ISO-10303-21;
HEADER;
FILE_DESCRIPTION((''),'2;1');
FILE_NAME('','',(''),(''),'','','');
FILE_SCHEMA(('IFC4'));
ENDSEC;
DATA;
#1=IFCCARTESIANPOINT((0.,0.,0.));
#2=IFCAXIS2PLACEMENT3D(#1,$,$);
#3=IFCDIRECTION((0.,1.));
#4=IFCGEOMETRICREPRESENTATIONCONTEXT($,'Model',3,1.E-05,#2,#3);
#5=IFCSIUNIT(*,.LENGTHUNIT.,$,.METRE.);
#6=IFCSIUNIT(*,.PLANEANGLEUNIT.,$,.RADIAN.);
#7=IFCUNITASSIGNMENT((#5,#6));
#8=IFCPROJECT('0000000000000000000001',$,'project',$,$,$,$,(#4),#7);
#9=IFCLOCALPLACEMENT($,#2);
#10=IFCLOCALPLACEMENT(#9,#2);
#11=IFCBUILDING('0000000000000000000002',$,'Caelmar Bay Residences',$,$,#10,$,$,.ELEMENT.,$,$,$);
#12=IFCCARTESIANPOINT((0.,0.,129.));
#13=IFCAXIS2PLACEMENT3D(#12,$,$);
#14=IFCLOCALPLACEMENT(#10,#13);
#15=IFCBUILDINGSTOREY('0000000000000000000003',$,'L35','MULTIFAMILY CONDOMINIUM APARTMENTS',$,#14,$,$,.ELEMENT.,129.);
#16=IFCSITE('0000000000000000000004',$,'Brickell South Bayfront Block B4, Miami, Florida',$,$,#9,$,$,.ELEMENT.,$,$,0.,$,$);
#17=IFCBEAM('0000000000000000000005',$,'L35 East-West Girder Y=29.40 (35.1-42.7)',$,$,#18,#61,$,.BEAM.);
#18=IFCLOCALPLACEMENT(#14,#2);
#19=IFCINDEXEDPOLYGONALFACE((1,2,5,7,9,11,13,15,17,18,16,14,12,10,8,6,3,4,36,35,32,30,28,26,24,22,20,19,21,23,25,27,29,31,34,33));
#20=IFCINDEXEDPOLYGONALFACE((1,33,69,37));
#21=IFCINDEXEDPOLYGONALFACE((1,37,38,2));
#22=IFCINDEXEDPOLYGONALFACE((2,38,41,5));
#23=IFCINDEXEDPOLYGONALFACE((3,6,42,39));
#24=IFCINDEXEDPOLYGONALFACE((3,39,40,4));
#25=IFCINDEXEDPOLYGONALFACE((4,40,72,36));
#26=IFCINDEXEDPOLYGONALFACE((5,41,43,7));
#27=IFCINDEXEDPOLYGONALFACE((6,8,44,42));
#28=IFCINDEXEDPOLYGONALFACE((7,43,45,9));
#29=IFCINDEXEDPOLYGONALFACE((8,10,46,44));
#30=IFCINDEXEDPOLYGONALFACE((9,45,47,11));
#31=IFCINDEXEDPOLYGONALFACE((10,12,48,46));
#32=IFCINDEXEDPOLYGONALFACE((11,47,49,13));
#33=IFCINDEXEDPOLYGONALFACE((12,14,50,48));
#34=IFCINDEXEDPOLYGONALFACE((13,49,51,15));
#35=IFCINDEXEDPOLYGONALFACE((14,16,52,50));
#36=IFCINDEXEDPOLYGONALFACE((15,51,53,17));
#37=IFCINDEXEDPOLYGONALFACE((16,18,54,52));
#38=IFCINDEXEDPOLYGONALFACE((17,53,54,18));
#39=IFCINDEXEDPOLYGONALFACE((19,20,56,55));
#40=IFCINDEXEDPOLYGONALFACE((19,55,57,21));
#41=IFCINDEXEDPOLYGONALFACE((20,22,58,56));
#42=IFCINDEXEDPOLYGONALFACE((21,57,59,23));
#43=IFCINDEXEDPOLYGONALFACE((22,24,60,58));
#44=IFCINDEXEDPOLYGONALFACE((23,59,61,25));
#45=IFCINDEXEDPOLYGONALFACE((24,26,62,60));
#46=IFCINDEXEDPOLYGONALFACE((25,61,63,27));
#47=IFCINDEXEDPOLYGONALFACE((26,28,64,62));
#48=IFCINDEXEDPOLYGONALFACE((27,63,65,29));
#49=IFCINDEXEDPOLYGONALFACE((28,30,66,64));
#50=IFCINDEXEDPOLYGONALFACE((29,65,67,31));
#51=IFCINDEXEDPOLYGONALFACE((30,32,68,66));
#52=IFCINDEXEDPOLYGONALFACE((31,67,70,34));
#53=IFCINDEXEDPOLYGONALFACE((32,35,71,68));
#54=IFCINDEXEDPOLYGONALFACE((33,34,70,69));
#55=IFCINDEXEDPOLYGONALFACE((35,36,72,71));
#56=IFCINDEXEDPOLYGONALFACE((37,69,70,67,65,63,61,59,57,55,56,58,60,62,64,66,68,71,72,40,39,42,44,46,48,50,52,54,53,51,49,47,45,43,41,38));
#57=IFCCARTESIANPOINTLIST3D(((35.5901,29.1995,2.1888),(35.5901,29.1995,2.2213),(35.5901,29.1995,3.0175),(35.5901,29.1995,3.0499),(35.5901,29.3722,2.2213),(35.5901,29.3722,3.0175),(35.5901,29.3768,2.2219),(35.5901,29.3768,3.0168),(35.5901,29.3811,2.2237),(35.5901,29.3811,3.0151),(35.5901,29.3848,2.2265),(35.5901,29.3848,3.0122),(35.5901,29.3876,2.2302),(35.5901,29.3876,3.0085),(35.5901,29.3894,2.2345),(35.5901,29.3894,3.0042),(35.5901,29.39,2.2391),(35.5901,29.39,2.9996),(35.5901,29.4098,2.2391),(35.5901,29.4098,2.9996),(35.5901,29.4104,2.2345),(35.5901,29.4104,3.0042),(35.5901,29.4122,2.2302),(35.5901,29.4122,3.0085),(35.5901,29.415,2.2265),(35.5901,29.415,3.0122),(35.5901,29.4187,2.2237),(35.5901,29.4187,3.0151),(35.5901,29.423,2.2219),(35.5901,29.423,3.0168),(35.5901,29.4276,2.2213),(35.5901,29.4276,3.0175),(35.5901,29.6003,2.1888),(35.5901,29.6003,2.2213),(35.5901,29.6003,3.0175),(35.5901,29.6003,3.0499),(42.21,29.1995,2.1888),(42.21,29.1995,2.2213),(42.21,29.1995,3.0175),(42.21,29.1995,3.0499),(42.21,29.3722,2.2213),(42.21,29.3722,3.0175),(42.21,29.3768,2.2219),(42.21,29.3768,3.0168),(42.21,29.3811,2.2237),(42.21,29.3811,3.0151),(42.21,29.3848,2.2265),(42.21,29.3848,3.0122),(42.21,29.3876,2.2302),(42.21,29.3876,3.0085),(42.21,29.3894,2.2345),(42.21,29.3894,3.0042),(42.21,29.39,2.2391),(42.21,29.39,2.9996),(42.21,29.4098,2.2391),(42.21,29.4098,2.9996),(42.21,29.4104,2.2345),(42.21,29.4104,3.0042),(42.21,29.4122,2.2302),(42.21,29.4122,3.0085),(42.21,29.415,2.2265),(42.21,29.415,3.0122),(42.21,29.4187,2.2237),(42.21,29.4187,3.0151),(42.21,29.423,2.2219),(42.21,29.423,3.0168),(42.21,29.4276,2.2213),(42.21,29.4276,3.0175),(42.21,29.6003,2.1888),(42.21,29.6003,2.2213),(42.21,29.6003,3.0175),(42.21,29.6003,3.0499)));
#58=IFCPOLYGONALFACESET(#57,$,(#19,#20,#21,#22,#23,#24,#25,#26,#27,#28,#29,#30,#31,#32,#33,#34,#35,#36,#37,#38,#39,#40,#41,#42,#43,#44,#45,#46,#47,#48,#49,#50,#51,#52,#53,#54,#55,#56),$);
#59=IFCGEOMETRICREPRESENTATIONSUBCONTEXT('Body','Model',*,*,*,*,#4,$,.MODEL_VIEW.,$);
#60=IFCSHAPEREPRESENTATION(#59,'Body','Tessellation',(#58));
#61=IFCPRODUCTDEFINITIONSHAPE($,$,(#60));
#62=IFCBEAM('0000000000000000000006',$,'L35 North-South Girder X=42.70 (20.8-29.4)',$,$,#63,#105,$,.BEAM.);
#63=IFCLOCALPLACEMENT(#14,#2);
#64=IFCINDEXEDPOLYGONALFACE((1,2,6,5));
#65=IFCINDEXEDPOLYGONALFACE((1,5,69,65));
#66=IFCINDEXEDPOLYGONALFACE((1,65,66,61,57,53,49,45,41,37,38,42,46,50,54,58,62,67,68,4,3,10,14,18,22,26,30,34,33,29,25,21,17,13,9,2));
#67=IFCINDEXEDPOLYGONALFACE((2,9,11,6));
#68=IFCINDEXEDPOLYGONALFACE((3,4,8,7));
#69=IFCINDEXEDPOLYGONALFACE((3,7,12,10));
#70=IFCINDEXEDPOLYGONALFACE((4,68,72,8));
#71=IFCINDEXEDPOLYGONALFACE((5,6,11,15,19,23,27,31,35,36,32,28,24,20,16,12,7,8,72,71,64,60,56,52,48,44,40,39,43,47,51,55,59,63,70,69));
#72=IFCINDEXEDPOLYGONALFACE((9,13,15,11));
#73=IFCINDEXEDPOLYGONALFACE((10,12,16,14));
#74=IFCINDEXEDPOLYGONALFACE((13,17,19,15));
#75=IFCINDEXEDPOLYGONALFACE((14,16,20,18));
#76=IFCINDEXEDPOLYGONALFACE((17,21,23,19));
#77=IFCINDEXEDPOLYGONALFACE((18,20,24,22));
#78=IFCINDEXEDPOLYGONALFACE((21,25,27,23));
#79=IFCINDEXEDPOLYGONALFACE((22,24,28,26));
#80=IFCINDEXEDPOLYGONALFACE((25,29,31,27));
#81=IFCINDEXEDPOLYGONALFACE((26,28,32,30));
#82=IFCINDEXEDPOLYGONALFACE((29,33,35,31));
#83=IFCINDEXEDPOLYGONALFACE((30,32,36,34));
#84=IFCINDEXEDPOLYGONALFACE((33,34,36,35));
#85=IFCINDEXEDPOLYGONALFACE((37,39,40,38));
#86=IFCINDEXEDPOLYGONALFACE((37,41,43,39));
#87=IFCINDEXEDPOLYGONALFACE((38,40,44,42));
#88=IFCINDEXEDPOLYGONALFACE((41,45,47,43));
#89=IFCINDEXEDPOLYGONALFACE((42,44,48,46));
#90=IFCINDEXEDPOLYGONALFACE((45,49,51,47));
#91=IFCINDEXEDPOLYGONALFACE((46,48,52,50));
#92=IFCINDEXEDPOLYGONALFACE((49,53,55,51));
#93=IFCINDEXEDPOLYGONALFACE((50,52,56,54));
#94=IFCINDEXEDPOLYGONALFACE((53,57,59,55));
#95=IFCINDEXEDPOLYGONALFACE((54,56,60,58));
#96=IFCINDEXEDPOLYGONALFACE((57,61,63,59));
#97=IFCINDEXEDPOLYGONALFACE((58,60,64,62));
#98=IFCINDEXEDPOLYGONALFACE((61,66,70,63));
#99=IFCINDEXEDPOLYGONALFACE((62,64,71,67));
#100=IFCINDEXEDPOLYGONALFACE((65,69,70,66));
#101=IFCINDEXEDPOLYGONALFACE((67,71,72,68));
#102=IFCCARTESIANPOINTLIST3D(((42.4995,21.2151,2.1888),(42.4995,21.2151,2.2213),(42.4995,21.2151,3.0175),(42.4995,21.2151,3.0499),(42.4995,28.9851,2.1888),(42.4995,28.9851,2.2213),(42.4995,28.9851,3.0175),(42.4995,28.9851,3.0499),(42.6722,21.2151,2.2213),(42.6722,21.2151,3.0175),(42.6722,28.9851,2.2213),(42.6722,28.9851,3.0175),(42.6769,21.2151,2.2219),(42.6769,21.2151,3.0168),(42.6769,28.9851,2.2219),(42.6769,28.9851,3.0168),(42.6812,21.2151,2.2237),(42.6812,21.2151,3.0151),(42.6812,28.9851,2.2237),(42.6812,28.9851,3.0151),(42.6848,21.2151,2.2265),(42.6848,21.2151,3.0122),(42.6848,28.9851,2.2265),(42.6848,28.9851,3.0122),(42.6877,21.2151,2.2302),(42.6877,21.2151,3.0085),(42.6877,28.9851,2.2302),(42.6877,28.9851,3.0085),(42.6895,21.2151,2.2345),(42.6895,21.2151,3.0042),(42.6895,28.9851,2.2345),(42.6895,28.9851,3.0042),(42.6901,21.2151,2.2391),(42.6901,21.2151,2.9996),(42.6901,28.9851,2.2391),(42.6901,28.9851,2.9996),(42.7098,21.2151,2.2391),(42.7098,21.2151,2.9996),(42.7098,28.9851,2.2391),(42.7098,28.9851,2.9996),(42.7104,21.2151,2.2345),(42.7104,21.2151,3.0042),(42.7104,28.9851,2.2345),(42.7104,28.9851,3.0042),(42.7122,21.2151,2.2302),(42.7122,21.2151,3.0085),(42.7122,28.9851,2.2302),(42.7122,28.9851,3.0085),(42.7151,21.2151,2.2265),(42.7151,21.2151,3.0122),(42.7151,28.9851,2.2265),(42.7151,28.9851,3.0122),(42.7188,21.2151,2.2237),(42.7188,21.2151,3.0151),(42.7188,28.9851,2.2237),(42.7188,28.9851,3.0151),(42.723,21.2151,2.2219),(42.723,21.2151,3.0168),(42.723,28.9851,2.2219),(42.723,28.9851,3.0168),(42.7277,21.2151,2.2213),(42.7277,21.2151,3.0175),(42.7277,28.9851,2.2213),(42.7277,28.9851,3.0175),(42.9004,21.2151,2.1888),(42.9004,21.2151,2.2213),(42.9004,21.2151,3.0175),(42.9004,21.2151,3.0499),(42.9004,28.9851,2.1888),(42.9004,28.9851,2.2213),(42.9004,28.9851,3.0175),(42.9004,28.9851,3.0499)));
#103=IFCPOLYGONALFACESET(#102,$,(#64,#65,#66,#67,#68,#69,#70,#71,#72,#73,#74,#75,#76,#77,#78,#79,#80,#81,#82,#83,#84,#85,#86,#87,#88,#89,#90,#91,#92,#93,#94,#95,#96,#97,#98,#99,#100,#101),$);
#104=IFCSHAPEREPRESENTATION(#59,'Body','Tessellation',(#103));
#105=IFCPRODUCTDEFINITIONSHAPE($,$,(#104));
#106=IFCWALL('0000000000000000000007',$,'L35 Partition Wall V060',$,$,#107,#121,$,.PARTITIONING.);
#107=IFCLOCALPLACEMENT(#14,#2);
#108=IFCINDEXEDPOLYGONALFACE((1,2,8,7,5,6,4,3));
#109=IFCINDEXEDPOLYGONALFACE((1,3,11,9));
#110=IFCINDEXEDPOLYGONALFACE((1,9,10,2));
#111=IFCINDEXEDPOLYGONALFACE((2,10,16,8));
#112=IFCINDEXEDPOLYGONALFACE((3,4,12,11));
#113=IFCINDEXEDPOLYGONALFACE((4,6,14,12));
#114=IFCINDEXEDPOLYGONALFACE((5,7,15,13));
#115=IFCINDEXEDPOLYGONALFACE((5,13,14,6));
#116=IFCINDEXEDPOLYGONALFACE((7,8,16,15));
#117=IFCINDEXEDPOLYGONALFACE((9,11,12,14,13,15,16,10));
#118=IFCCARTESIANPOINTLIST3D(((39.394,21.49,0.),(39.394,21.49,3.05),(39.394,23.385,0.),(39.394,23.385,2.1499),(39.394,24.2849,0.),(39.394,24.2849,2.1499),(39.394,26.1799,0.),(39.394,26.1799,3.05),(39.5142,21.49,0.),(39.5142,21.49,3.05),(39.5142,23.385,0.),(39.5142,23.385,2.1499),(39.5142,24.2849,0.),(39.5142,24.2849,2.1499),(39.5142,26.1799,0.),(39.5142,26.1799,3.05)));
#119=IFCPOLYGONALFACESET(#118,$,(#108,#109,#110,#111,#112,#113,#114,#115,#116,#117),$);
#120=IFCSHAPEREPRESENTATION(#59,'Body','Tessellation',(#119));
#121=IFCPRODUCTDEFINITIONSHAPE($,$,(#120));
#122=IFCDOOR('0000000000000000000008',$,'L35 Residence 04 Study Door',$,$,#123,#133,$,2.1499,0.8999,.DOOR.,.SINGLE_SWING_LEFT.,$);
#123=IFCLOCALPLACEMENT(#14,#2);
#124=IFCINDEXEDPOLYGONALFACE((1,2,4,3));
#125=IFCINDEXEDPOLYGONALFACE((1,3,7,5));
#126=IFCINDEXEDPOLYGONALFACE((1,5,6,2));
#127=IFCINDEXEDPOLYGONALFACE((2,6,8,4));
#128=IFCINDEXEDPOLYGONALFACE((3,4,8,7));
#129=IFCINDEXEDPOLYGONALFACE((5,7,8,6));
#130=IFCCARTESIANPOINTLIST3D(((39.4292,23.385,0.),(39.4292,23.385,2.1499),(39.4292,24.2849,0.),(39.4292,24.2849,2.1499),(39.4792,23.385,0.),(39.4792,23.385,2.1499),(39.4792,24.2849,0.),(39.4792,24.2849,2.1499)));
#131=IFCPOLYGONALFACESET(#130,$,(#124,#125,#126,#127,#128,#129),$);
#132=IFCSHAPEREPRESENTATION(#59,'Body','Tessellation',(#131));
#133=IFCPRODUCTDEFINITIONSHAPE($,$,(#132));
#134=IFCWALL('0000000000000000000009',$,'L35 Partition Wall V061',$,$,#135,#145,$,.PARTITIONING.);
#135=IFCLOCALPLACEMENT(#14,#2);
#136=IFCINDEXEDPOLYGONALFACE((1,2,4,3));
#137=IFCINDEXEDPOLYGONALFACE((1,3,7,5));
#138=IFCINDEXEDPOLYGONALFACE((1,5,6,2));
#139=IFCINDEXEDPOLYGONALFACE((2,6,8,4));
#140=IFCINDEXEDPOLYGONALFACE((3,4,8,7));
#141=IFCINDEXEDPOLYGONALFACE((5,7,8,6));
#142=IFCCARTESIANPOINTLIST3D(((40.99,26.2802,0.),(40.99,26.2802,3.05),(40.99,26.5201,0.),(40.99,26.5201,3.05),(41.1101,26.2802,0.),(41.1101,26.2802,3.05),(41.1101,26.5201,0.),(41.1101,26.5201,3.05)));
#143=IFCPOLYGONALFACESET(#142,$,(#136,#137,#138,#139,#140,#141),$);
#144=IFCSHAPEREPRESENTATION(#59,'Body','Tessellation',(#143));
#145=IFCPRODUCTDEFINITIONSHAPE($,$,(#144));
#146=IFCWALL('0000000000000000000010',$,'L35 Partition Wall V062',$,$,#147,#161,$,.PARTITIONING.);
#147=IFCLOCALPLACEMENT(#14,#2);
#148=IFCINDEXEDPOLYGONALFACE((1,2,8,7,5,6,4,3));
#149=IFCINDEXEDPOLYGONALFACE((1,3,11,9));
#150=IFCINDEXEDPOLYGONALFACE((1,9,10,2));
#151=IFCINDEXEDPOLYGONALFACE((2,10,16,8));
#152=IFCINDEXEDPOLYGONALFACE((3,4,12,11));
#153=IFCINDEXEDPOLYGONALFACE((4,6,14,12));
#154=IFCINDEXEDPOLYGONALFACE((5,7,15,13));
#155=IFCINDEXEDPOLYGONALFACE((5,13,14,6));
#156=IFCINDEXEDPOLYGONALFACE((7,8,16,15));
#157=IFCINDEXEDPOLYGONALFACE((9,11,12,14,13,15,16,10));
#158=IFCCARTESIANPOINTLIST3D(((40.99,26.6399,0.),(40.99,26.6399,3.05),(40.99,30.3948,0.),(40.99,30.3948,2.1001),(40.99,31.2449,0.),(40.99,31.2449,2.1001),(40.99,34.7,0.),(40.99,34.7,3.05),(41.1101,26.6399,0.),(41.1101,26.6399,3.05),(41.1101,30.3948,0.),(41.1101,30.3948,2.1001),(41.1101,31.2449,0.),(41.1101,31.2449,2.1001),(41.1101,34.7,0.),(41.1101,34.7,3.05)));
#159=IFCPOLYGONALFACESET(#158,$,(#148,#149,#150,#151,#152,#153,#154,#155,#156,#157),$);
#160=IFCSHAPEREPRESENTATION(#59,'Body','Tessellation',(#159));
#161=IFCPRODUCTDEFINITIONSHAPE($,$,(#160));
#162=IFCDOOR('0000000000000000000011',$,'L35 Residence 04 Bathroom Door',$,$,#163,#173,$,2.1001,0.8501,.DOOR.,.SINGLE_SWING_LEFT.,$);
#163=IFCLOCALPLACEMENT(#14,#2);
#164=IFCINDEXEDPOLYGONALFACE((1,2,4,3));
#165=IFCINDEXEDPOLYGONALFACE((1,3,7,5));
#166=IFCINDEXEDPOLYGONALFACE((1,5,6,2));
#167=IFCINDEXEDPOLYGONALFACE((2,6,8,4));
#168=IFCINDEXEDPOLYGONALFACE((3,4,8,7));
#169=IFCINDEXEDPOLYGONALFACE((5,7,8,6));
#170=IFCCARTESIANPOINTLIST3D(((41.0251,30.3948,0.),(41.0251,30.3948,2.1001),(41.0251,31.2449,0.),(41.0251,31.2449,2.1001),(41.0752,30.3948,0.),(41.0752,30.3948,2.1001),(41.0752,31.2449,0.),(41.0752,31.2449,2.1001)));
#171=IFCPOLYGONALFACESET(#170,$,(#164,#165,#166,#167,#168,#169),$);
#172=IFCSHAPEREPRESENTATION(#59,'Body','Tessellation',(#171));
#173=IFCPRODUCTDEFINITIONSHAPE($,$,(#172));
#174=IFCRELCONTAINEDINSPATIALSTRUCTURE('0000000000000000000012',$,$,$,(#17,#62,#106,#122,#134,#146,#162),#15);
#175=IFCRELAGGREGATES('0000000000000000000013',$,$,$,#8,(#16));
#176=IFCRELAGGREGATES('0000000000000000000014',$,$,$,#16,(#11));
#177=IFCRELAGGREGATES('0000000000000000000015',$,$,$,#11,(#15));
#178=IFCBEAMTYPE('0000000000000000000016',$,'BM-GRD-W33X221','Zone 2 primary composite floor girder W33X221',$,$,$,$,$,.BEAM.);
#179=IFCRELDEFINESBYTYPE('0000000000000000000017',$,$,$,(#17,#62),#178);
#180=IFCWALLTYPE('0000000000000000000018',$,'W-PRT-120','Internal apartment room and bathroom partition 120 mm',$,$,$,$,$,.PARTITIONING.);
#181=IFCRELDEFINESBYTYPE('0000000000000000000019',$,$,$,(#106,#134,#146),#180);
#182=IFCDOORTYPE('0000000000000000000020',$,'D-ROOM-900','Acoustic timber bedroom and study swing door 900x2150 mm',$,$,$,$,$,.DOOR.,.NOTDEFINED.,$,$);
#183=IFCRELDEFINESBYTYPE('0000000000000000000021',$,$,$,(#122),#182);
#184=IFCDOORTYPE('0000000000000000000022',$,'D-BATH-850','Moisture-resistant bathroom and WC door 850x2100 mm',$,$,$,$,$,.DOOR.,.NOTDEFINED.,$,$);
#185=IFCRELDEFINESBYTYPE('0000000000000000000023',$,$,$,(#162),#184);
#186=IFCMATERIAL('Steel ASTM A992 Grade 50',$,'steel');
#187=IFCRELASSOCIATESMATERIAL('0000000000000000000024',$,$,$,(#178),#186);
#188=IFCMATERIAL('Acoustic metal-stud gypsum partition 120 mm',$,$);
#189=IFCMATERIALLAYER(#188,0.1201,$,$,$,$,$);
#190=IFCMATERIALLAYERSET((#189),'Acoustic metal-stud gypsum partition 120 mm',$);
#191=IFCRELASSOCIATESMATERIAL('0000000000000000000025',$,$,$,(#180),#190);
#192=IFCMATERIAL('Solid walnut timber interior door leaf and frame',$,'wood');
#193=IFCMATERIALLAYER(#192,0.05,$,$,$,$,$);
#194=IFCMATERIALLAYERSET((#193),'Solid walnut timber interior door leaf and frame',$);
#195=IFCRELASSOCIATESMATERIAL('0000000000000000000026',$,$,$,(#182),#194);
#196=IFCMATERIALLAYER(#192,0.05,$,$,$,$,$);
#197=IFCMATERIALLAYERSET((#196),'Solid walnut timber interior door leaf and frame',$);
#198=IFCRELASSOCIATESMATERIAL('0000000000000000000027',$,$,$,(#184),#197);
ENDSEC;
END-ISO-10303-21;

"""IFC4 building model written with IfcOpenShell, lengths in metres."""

from ifc_helpers import new_model, si_unit, direction, frame, frame_2d, origin, origin_2d, place, context, subcontext, project, spatial, rectangle, i_section, extrude, material, layer, layer_set, material_profile, profile_set, type_object, element, fill, save


model = new_model("IFC4")

# Units and contexts
model_context = context("Model", 3, precision=1e-05, world=origin(), true_north=direction((0.0, 1.0)))
body_context = subcontext(model_context, "Body", "Model", "MODEL_VIEW")
ifc_project = project(units=[si_unit("LENGTHUNIT", "METRE"), si_unit("PLANEANGLEUNIT", "RADIAN")], contexts=[model_context])

# Site, building, storey
site_placement = place(None, origin())
site = spatial("IfcSite", under=ifc_project, at=site_placement, Name="Brickell South Bayfront Block B4, Miami, Florida", CompositionType="ELEMENT", RefElevation=0.0)
building_placement = place(site_placement, origin())
building = spatial("IfcBuilding", under=site, at=building_placement, Name="Caelmar Bay Residences", CompositionType="ELEMENT")
storey_placement = place(building_placement, frame((0.0, 0.0, 129.0)))
storey = spatial("IfcBuildingStorey", under=building, at=storey_placement, Name="L35", Description="MULTIFAMILY CONDOMINIUM APARTMENTS", CompositionType="ELEMENT", Elevation=129.0)

# Beams
ifc_material_1 = material(Name="Steel ASTM A992 Grade 50", Category="steel")
ifc_material_profile = material_profile(ifc_material_1, i_section(OverallWidth=0.4009, OverallDepth=0.8611, WebThickness=0.0198, FlangeThickness=0.0325, FilletRadius=0.0178, at=origin_2d()), Name="W33X221")
ifc_profile_set = profile_set([ifc_material_profile], Name="Steel ASTM A992 Grade 50")
beam_type = type_object("IfcBeamType", Name="BM-GRD-W33X221", Description="Zone 2 primary composite floor girder W33X221", PredefinedType="BEAM", material=ifc_profile_set)
beam_1_placement = place(storey_placement, frame((35.5901, 29.3999, 2.6194), z_axis=(1.0, 0.0, 0.0), x_axis=(0.0, 1.0, 0.0)))
element("IfcBeam", 1, at=beam_1_placement, inside=storey, type_object=beam_type, Name="L35 East-West Girder Y=29.40 (35.1-42.7)", PredefinedType="BEAM", context=body_context, shape_type="SweptSolid", body=[
    extrude(i_section(OverallWidth=0.4009, OverallDepth=0.8611, WebThickness=0.0198, FlangeThickness=0.0325, FilletRadius=0.0178, at=origin_2d()), origin(), (0.0, 0.0, 1.0), 6.6199),
])
beam_2_placement = place(storey_placement, frame((42.7, 21.2151, 2.6194), z_axis=(0.0, 1.0, 0.0), x_axis=(-1.0, 0.0, 0.0)))
element("IfcBeam", 2, at=beam_2_placement, inside=storey, type_object=beam_type, Name="L35 North-South Girder X=42.70 (20.8-29.4)", PredefinedType="BEAM", context=body_context, shape_type="SweptSolid", body=[
    extrude(i_section(OverallWidth=0.4009, OverallDepth=0.8611, WebThickness=0.0198, FlangeThickness=0.0325, FilletRadius=0.0178, at=origin_2d()), origin(), (0.0, 0.0, 1.0), 7.77),
])

# Wall, opening, door
ifc_material_2 = material(Name="Acoustic metal-stud gypsum partition 120 mm")
ifc_layer_1 = layer(ifc_material_2, 0.1201)
ifc_layer_set_1 = layer_set([ifc_layer_1], Name="Acoustic metal-stud gypsum partition 120 mm")
wall_type_1 = type_object("IfcWallType", Name="W-PRT-120", Description="Internal apartment room and bathroom partition 120 mm", PredefinedType="PARTITIONING", material=ifc_layer_set_1)
wall_1_placement = place(storey_placement, frame((39.4541, 21.49, 0.0), z_axis=(0.0, 0.0, 1.0), x_axis=(0.0, 1.0, 0.0)))
wall_1 = element("IfcWall", 3, at=wall_1_placement, inside=storey, type_object=wall_type_1, Name="L35 Partition Wall V060", PredefinedType="PARTITIONING", context=body_context, shape_type="SweptSolid", body=[
    extrude(rectangle(XDim=4.6899, YDim=0.1201, at=frame_2d((2.345, 0.0))), origin(), (0.0, 0.0, 1.0), 3.05),
])
opening_1_placement = place(wall_1_placement, frame((1.895, 0.0, 0.0)))
opening_1 = element("IfcOpeningElement", 4, at=opening_1_placement, cuts=wall_1, PredefinedType="OPENING", context=body_context, shape_type="SweptSolid", body=[
    extrude(rectangle(XDim=0.8999, YDim=2.1499, at=frame_2d((0.45, 1.075))), frame((0.0, 0.0701, 0.0), z_axis=(0.0, -1.0, 0.0), x_axis=(1.0, 0.0, 0.0)), (0.0, 0.0, 1.0), 0.1401),
])
ifc_material_3 = material(Name="Solid walnut timber interior door leaf and frame", Category="wood")
ifc_layer_2 = layer(ifc_material_3, 0.05)
ifc_layer_set_2 = layer_set([ifc_layer_2], Name="Solid walnut timber interior door leaf and frame")
door_type_1 = type_object("IfcDoorType", Name="D-ROOM-900", Description="Acoustic timber bedroom and study swing door 900x2150 mm", OperationType="NOTDEFINED", PredefinedType="DOOR", material=ifc_layer_set_2)
door_1_placement = place(opening_1_placement, origin())
door_1 = element("IfcDoor", 5, at=door_1_placement, inside=storey, type_object=door_type_1, Name="L35 Residence 04 Study Door", OperationType="SINGLE_SWING_LEFT", OverallHeight=2.1499, OverallWidth=0.8999, PredefinedType="DOOR", context=body_context, shape_type="SweptSolid", body=[
    extrude(rectangle(XDim=0.8999, YDim=2.1499, at=frame_2d((0.45, 1.075))), frame((0.0, 0.0249, 0.0), z_axis=(0.0, -1.0, 0.0), x_axis=(1.0, 0.0, 0.0)), (0.0, 0.0, 1.0), 0.05),
])
fill(opening_1, door_1)

# Wall
wall_2_placement = place(storey_placement, frame((41.05, 26.28, 0.0), z_axis=(0.0, 0.0, 1.0), x_axis=(0.0, 1.0, 0.0)))
element("IfcWall", 6, at=wall_2_placement, inside=storey, type_object=wall_type_1, Name="L35 Partition Wall V061", PredefinedType="PARTITIONING", context=body_context, shape_type="SweptSolid", body=[
    extrude(rectangle(XDim=0.24, YDim=0.1201, at=frame_2d((0.1201, 0.0))), origin(), (0.0, 0.0, 1.0), 3.05),
])

# Wall, opening, door
wall_3_placement = place(storey_placement, frame((41.05, 26.6399, 0.0), z_axis=(0.0, 0.0, 1.0), x_axis=(0.0, 1.0, 0.0)))
wall_3 = element("IfcWall", 7, at=wall_3_placement, inside=storey, type_object=wall_type_1, Name="L35 Partition Wall V062", PredefinedType="PARTITIONING", context=body_context, shape_type="SweptSolid", body=[
    extrude(rectangle(XDim=8.0601, YDim=0.1201, at=frame_2d((4.03, 0.0))), origin(), (0.0, 0.0, 1.0), 3.05),
])
opening_2_placement = place(wall_3_placement, frame((3.7549, 0.0, 0.0)))
opening_2 = element("IfcOpeningElement", 8, at=opening_2_placement, cuts=wall_3, PredefinedType="OPENING", context=body_context, shape_type="SweptSolid", body=[
    extrude(rectangle(XDim=0.8501, YDim=2.1001, at=frame_2d((0.425, 1.05))), frame((0.0, 0.0701, 0.0), z_axis=(0.0, -1.0, 0.0), x_axis=(1.0, 0.0, 0.0)), (0.0, 0.0, 1.0), 0.1401),
])
ifc_layer_3 = layer(ifc_material_3, 0.05)
ifc_layer_set_3 = layer_set([ifc_layer_3], Name="Solid walnut timber interior door leaf and frame")
door_type_2 = type_object("IfcDoorType", Name="D-BATH-850", Description="Moisture-resistant bathroom and WC door 850x2100 mm", OperationType="NOTDEFINED", PredefinedType="DOOR", material=ifc_layer_set_3)
door_2_placement = place(opening_2_placement, origin())
door_2 = element("IfcDoor", 9, at=door_2_placement, inside=storey, type_object=door_type_2, Name="L35 Residence 04 Bathroom Door", OperationType="SINGLE_SWING_LEFT", OverallHeight=2.1001, OverallWidth=0.8501, PredefinedType="DOOR", context=body_context, shape_type="SweptSolid", body=[
    extrude(rectangle(XDim=0.8501, YDim=2.1001, at=frame_2d((0.425, 1.05))), frame((0.0, 0.0249, 0.0), z_axis=(0.0, -1.0, 0.0), x_axis=(1.0, 0.0, 0.0)), (0.0, 0.0, 1.0), 0.05),
])
fill(opening_2, door_2)

save(model, "model.ifc")
